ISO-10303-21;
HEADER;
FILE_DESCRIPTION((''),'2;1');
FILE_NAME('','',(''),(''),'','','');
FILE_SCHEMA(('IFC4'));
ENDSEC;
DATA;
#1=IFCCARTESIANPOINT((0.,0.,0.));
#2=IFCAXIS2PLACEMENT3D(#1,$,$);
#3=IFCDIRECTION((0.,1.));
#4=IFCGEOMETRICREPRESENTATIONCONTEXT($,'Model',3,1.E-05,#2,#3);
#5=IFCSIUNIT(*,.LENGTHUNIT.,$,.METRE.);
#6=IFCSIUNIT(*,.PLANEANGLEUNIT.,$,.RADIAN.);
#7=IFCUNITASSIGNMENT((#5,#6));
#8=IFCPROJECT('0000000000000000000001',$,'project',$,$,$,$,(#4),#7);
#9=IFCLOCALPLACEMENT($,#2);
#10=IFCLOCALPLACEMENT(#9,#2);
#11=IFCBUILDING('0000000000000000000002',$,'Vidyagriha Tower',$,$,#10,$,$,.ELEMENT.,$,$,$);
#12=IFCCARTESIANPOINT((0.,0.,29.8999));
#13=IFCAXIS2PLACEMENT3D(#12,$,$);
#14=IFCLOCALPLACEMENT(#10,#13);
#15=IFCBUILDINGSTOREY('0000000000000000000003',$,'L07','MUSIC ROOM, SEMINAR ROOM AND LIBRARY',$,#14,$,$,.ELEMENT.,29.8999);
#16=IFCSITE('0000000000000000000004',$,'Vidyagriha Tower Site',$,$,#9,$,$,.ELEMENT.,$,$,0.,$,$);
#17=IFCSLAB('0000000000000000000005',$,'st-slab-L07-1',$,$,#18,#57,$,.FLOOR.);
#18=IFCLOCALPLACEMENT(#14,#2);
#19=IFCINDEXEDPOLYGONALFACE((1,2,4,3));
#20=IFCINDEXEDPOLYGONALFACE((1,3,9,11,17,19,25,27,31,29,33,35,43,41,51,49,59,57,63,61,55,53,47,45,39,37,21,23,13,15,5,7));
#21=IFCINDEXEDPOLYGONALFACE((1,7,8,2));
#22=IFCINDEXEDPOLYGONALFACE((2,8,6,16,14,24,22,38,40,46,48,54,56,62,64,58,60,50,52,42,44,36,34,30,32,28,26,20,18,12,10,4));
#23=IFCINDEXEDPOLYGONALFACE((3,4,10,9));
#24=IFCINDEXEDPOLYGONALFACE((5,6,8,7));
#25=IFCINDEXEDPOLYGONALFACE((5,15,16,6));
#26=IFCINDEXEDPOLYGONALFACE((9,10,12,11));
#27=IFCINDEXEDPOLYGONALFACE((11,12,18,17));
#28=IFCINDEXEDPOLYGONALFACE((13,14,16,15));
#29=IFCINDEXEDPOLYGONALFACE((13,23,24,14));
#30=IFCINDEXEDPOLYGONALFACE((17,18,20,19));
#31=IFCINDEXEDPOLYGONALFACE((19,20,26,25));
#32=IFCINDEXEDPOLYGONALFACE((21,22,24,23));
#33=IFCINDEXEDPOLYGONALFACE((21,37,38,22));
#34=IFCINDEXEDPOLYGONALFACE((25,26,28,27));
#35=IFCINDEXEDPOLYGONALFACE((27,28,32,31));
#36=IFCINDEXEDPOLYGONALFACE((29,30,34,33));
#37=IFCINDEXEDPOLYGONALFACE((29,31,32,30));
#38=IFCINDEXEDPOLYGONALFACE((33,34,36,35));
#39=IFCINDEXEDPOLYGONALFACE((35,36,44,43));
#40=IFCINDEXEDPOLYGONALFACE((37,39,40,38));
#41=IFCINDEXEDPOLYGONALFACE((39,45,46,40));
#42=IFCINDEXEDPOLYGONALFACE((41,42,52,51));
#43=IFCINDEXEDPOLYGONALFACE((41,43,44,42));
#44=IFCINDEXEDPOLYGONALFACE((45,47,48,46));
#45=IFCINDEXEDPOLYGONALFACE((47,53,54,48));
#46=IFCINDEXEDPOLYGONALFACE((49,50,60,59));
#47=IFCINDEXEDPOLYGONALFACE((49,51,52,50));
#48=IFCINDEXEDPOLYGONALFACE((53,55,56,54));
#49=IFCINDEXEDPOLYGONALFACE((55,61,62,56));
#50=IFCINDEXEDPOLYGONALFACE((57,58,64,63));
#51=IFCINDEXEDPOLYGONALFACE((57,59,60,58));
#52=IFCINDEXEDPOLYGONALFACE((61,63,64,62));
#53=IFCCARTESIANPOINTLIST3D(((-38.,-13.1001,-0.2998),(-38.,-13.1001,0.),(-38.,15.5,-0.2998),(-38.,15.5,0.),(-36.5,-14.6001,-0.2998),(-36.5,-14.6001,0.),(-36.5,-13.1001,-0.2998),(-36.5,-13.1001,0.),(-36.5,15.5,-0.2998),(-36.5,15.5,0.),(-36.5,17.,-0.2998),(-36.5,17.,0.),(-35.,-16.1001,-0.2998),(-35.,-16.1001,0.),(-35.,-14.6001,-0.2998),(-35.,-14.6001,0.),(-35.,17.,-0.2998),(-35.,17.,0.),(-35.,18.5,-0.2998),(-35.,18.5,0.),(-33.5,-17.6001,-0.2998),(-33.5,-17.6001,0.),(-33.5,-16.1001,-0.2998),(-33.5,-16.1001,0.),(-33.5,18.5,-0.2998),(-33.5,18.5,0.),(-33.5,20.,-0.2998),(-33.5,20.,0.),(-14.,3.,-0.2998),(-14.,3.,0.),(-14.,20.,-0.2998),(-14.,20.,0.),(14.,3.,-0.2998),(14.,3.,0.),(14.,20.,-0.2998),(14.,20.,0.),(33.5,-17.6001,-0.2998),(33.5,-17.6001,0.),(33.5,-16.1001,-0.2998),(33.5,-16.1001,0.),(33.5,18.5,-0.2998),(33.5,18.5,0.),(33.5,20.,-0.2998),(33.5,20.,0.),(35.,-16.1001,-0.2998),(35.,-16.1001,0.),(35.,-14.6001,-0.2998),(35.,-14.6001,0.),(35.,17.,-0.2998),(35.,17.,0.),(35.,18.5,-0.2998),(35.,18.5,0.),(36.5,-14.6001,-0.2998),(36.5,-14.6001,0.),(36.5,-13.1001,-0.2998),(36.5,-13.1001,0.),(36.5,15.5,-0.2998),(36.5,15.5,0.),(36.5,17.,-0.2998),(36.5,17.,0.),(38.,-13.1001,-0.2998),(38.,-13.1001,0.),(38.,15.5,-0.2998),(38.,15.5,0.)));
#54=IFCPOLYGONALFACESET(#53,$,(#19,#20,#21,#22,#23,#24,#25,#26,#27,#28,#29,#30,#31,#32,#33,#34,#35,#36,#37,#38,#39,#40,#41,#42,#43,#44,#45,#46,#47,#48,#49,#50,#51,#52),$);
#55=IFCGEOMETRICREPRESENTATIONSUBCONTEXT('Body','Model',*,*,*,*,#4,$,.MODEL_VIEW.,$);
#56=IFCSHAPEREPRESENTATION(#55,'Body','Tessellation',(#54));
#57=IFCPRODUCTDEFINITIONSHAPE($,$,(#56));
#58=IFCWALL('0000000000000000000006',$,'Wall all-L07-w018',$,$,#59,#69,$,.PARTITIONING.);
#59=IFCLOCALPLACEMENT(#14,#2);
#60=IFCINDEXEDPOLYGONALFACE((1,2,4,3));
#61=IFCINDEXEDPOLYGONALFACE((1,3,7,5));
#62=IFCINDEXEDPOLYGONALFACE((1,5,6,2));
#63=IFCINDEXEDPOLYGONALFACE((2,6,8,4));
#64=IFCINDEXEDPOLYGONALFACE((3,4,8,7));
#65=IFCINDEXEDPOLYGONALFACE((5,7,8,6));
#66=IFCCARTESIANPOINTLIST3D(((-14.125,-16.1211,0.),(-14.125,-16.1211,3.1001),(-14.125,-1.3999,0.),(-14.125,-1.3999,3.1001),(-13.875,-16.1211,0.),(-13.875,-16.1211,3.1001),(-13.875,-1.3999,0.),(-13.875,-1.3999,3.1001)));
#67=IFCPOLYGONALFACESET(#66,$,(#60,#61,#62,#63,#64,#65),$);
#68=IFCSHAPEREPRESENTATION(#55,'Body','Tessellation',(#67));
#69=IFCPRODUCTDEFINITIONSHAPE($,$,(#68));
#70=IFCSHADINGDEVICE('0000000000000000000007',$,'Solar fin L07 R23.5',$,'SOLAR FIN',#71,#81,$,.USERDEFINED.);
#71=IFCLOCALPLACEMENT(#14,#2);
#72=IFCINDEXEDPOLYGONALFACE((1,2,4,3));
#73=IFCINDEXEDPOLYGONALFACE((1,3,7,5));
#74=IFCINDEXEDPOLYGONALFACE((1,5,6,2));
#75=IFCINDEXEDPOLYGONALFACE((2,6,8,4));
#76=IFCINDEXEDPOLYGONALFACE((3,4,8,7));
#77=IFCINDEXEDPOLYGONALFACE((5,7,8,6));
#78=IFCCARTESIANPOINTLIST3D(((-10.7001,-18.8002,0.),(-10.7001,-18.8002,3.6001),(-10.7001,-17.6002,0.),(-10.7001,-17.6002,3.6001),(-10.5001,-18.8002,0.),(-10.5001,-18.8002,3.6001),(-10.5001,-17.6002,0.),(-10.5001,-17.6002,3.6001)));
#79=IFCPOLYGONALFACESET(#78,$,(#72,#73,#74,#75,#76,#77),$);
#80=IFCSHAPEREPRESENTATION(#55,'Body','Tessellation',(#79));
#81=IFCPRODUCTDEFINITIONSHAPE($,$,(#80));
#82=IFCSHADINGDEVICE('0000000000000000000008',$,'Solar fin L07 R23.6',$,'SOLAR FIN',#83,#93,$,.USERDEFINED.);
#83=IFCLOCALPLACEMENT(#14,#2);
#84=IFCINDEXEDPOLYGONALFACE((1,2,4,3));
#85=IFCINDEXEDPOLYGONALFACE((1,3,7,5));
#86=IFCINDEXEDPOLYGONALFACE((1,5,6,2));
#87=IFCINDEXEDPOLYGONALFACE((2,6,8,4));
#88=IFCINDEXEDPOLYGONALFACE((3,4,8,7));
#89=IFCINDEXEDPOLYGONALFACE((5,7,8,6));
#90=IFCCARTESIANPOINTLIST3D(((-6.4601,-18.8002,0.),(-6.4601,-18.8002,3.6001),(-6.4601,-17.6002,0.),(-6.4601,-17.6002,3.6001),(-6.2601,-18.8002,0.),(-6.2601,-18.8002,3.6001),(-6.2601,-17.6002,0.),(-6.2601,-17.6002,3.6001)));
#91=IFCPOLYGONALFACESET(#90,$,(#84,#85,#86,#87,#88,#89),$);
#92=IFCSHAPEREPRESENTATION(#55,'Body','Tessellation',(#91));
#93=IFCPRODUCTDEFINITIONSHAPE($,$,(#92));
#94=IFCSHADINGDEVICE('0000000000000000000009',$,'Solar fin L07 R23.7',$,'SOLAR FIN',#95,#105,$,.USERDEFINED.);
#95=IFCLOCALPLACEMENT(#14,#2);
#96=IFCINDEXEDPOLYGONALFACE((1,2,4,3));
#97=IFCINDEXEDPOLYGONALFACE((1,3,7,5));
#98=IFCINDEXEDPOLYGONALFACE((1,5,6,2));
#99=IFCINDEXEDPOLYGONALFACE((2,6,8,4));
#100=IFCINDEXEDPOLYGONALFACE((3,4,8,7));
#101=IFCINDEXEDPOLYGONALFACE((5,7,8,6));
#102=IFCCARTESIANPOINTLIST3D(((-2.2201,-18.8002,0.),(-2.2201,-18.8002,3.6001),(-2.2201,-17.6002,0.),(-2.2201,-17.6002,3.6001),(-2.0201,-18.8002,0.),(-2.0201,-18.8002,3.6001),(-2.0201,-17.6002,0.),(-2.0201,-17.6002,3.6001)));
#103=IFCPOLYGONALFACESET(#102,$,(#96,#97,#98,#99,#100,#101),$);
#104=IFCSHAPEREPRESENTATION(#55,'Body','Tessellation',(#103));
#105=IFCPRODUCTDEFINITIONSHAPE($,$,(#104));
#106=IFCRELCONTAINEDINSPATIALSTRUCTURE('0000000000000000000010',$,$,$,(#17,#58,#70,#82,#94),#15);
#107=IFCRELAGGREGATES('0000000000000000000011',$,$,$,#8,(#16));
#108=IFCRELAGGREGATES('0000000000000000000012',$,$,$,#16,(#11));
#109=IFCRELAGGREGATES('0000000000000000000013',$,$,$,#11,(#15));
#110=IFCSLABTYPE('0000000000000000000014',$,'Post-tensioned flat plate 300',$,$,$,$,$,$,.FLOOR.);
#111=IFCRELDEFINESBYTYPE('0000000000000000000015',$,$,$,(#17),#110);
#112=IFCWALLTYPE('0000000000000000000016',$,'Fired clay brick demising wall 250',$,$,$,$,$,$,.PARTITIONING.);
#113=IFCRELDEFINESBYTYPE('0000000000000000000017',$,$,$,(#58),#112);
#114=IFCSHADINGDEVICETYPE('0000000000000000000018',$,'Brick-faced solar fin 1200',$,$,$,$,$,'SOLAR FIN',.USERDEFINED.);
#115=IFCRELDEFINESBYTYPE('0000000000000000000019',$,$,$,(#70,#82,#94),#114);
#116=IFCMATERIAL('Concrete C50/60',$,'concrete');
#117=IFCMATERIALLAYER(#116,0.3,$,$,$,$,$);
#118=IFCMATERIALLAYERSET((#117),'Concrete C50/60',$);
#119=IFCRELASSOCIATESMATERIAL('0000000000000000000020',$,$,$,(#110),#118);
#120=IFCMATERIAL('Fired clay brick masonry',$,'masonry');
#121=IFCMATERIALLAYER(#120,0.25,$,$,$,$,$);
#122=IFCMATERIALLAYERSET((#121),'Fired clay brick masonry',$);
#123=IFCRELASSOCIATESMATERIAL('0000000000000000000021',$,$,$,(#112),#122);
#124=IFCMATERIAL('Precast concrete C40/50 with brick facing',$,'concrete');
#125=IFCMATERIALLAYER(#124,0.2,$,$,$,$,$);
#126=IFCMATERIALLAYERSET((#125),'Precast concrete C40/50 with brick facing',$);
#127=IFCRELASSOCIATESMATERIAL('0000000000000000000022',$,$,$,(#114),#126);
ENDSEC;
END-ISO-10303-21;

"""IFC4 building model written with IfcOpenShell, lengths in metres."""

from ifc_helpers import new_model, si_unit, direction, frame, frame_2d, origin, place, context, subcontext, project, spatial, polyline, rectangle, outline, extrude, material, layer, layer_set, type_object, element, save


model = new_model("IFC4")

# Units and contexts
model_context = context("Model", 3, precision=1e-05, world=origin(), true_north=direction((0.0, 1.0)))
body_context = subcontext(model_context, "Body", "Model", "MODEL_VIEW")
ifc_project = project(units=[si_unit("LENGTHUNIT", "METRE"), si_unit("PLANEANGLEUNIT", "RADIAN")], contexts=[model_context])

# Site, building, storey
site_placement = place(None, origin())
site = spatial("IfcSite", under=ifc_project, at=site_placement, Name="Vidyagriha Tower Site", CompositionType="ELEMENT", RefElevation=0.0)
building_placement = place(site_placement, origin())
building = spatial("IfcBuilding", under=site, at=building_placement, Name="Vidyagriha Tower", CompositionType="ELEMENT")
storey_placement = place(building_placement, frame((0.0, 0.0, 29.8999)))
storey = spatial("IfcBuildingStorey", under=building, at=storey_placement, Name="L07", Description="MUSIC ROOM, SEMINAR ROOM AND LIBRARY", CompositionType="ELEMENT", Elevation=29.8999)

# Slab
ifc_material_1 = material(Name="Concrete C50/60", Category="concrete")
ifc_layer_1 = layer(ifc_material_1, 0.3)
ifc_layer_set_1 = layer_set([ifc_layer_1], Name="Concrete C50/60")
slab_type_1 = type_object("IfcSlabType", Name="Post-tensioned flat plate 300", PredefinedType="FLOOR", material=ifc_layer_set_1)
slab_1_placement = place(storey_placement, frame((0.0, 0.0, -0.2998)))
element("IfcSlab", 1, at=slab_1_placement, inside=storey, type_object=slab_type_1, Name="st-slab-L07-1", PredefinedType="FLOOR", context=body_context, shape_type="SweptSolid", body=[
    extrude(outline(polyline([(36.5, -13.1001), (36.5, -14.6001), (35.0, -14.6001), (35.0, -16.1001), (33.5, -16.1001), (33.5, -17.6001), (-33.5, -17.6001), (-33.5, -16.1001), (-35.0, -16.1001), (-35.0, -14.6001), (-36.5, -14.6001), (-36.5, -13.1001), (-38.0, -13.1001), (-38.0, 15.5), (-36.5, 15.5), (-36.5, 17.0), (-35.0, 17.0), (-35.0, 18.5), (-33.5, 18.5), (-33.5, 20.0), (-14.0, 20.0), (-14.0, 3.0), (14.0, 3.0), (14.0, 20.0), (33.5, 20.0), (33.5, 18.5), (35.0, 18.5), (35.0, 17.0), (36.5, 17.0), (36.5, 15.5), (38.0, 15.5), (38.0, -13.1001), (36.5, -13.1001)])), origin(), (0.0, 0.0, 1.0), 0.2998),
])

# Wall
ifc_material_2 = material(Name="Fired clay brick masonry", Category="masonry")
ifc_layer_2 = layer(ifc_material_2, 0.25)
ifc_layer_set_2 = layer_set([ifc_layer_2], Name="Fired clay brick masonry")
wall_type = type_object("IfcWallType", Name="Fired clay brick demising wall 250", PredefinedType="PARTITIONING", material=ifc_layer_set_2)
wall_placement = place(storey_placement, frame((-14.0, -1.3999, 0.0), z_axis=(0.0, 0.0, 1.0), x_axis=(0.0, -1.0, 0.0)))
element("IfcWall", 2, at=wall_placement, inside=storey, type_object=wall_type, Name="Wall all-L07-w018", PredefinedType="PARTITIONING", context=body_context, shape_type="SweptSolid", body=[
    extrude(rectangle(XDim=14.7212, YDim=0.25, at=frame_2d((7.3606, 0.0))), origin(), (0.0, 0.0, 1.0), 3.1001),
])

# Shading devices
ifc_material_3 = material(Name="Precast concrete C40/50 with brick facing", Category="concrete")
ifc_layer_3 = layer(ifc_material_3, 0.2)
ifc_layer_set_3 = layer_set([ifc_layer_3], Name="Precast concrete C40/50 with brick facing")
shading_device_type = type_object("IfcShadingDeviceType", Name="Brick-faced solar fin 1200", ElementType="SOLAR FIN", PredefinedType="USERDEFINED", material=ifc_layer_set_3)
for number, where, z_axis, x_axis, name in (
    (3, (-10.6001, -17.6001, 0.0), (0.0, 0.0, 1.0), (0.0, -1.0, 0.0), "Solar fin L07 R23.5"),
    (4, (-6.3601, -17.6001, 0.0), (0.0, 0.0, 1.0), (0.0, -1.0, 0.0), "Solar fin L07 R23.6"),
    (5, (-2.1201, -17.6001, 0.0), (0.0, 0.0, 1.0), (0.0, -1.0, 0.0), "Solar fin L07 R23.7"),
):
    element("IfcShadingDevice", number, at=place(storey_placement, frame(where, z_axis=z_axis, x_axis=x_axis)), inside=storey, type_object=shading_device_type, Name=name, ObjectType="SOLAR FIN", PredefinedType="USERDEFINED", context=body_context, shape_type="SweptSolid", body=[
        extrude(rectangle(XDim=1.2, YDim=0.2, at=frame_2d((0.6001, 0.0))), origin(), (0.0, 0.0, 1.0), 3.6001),
    ])

save(model, "model.ifc")
